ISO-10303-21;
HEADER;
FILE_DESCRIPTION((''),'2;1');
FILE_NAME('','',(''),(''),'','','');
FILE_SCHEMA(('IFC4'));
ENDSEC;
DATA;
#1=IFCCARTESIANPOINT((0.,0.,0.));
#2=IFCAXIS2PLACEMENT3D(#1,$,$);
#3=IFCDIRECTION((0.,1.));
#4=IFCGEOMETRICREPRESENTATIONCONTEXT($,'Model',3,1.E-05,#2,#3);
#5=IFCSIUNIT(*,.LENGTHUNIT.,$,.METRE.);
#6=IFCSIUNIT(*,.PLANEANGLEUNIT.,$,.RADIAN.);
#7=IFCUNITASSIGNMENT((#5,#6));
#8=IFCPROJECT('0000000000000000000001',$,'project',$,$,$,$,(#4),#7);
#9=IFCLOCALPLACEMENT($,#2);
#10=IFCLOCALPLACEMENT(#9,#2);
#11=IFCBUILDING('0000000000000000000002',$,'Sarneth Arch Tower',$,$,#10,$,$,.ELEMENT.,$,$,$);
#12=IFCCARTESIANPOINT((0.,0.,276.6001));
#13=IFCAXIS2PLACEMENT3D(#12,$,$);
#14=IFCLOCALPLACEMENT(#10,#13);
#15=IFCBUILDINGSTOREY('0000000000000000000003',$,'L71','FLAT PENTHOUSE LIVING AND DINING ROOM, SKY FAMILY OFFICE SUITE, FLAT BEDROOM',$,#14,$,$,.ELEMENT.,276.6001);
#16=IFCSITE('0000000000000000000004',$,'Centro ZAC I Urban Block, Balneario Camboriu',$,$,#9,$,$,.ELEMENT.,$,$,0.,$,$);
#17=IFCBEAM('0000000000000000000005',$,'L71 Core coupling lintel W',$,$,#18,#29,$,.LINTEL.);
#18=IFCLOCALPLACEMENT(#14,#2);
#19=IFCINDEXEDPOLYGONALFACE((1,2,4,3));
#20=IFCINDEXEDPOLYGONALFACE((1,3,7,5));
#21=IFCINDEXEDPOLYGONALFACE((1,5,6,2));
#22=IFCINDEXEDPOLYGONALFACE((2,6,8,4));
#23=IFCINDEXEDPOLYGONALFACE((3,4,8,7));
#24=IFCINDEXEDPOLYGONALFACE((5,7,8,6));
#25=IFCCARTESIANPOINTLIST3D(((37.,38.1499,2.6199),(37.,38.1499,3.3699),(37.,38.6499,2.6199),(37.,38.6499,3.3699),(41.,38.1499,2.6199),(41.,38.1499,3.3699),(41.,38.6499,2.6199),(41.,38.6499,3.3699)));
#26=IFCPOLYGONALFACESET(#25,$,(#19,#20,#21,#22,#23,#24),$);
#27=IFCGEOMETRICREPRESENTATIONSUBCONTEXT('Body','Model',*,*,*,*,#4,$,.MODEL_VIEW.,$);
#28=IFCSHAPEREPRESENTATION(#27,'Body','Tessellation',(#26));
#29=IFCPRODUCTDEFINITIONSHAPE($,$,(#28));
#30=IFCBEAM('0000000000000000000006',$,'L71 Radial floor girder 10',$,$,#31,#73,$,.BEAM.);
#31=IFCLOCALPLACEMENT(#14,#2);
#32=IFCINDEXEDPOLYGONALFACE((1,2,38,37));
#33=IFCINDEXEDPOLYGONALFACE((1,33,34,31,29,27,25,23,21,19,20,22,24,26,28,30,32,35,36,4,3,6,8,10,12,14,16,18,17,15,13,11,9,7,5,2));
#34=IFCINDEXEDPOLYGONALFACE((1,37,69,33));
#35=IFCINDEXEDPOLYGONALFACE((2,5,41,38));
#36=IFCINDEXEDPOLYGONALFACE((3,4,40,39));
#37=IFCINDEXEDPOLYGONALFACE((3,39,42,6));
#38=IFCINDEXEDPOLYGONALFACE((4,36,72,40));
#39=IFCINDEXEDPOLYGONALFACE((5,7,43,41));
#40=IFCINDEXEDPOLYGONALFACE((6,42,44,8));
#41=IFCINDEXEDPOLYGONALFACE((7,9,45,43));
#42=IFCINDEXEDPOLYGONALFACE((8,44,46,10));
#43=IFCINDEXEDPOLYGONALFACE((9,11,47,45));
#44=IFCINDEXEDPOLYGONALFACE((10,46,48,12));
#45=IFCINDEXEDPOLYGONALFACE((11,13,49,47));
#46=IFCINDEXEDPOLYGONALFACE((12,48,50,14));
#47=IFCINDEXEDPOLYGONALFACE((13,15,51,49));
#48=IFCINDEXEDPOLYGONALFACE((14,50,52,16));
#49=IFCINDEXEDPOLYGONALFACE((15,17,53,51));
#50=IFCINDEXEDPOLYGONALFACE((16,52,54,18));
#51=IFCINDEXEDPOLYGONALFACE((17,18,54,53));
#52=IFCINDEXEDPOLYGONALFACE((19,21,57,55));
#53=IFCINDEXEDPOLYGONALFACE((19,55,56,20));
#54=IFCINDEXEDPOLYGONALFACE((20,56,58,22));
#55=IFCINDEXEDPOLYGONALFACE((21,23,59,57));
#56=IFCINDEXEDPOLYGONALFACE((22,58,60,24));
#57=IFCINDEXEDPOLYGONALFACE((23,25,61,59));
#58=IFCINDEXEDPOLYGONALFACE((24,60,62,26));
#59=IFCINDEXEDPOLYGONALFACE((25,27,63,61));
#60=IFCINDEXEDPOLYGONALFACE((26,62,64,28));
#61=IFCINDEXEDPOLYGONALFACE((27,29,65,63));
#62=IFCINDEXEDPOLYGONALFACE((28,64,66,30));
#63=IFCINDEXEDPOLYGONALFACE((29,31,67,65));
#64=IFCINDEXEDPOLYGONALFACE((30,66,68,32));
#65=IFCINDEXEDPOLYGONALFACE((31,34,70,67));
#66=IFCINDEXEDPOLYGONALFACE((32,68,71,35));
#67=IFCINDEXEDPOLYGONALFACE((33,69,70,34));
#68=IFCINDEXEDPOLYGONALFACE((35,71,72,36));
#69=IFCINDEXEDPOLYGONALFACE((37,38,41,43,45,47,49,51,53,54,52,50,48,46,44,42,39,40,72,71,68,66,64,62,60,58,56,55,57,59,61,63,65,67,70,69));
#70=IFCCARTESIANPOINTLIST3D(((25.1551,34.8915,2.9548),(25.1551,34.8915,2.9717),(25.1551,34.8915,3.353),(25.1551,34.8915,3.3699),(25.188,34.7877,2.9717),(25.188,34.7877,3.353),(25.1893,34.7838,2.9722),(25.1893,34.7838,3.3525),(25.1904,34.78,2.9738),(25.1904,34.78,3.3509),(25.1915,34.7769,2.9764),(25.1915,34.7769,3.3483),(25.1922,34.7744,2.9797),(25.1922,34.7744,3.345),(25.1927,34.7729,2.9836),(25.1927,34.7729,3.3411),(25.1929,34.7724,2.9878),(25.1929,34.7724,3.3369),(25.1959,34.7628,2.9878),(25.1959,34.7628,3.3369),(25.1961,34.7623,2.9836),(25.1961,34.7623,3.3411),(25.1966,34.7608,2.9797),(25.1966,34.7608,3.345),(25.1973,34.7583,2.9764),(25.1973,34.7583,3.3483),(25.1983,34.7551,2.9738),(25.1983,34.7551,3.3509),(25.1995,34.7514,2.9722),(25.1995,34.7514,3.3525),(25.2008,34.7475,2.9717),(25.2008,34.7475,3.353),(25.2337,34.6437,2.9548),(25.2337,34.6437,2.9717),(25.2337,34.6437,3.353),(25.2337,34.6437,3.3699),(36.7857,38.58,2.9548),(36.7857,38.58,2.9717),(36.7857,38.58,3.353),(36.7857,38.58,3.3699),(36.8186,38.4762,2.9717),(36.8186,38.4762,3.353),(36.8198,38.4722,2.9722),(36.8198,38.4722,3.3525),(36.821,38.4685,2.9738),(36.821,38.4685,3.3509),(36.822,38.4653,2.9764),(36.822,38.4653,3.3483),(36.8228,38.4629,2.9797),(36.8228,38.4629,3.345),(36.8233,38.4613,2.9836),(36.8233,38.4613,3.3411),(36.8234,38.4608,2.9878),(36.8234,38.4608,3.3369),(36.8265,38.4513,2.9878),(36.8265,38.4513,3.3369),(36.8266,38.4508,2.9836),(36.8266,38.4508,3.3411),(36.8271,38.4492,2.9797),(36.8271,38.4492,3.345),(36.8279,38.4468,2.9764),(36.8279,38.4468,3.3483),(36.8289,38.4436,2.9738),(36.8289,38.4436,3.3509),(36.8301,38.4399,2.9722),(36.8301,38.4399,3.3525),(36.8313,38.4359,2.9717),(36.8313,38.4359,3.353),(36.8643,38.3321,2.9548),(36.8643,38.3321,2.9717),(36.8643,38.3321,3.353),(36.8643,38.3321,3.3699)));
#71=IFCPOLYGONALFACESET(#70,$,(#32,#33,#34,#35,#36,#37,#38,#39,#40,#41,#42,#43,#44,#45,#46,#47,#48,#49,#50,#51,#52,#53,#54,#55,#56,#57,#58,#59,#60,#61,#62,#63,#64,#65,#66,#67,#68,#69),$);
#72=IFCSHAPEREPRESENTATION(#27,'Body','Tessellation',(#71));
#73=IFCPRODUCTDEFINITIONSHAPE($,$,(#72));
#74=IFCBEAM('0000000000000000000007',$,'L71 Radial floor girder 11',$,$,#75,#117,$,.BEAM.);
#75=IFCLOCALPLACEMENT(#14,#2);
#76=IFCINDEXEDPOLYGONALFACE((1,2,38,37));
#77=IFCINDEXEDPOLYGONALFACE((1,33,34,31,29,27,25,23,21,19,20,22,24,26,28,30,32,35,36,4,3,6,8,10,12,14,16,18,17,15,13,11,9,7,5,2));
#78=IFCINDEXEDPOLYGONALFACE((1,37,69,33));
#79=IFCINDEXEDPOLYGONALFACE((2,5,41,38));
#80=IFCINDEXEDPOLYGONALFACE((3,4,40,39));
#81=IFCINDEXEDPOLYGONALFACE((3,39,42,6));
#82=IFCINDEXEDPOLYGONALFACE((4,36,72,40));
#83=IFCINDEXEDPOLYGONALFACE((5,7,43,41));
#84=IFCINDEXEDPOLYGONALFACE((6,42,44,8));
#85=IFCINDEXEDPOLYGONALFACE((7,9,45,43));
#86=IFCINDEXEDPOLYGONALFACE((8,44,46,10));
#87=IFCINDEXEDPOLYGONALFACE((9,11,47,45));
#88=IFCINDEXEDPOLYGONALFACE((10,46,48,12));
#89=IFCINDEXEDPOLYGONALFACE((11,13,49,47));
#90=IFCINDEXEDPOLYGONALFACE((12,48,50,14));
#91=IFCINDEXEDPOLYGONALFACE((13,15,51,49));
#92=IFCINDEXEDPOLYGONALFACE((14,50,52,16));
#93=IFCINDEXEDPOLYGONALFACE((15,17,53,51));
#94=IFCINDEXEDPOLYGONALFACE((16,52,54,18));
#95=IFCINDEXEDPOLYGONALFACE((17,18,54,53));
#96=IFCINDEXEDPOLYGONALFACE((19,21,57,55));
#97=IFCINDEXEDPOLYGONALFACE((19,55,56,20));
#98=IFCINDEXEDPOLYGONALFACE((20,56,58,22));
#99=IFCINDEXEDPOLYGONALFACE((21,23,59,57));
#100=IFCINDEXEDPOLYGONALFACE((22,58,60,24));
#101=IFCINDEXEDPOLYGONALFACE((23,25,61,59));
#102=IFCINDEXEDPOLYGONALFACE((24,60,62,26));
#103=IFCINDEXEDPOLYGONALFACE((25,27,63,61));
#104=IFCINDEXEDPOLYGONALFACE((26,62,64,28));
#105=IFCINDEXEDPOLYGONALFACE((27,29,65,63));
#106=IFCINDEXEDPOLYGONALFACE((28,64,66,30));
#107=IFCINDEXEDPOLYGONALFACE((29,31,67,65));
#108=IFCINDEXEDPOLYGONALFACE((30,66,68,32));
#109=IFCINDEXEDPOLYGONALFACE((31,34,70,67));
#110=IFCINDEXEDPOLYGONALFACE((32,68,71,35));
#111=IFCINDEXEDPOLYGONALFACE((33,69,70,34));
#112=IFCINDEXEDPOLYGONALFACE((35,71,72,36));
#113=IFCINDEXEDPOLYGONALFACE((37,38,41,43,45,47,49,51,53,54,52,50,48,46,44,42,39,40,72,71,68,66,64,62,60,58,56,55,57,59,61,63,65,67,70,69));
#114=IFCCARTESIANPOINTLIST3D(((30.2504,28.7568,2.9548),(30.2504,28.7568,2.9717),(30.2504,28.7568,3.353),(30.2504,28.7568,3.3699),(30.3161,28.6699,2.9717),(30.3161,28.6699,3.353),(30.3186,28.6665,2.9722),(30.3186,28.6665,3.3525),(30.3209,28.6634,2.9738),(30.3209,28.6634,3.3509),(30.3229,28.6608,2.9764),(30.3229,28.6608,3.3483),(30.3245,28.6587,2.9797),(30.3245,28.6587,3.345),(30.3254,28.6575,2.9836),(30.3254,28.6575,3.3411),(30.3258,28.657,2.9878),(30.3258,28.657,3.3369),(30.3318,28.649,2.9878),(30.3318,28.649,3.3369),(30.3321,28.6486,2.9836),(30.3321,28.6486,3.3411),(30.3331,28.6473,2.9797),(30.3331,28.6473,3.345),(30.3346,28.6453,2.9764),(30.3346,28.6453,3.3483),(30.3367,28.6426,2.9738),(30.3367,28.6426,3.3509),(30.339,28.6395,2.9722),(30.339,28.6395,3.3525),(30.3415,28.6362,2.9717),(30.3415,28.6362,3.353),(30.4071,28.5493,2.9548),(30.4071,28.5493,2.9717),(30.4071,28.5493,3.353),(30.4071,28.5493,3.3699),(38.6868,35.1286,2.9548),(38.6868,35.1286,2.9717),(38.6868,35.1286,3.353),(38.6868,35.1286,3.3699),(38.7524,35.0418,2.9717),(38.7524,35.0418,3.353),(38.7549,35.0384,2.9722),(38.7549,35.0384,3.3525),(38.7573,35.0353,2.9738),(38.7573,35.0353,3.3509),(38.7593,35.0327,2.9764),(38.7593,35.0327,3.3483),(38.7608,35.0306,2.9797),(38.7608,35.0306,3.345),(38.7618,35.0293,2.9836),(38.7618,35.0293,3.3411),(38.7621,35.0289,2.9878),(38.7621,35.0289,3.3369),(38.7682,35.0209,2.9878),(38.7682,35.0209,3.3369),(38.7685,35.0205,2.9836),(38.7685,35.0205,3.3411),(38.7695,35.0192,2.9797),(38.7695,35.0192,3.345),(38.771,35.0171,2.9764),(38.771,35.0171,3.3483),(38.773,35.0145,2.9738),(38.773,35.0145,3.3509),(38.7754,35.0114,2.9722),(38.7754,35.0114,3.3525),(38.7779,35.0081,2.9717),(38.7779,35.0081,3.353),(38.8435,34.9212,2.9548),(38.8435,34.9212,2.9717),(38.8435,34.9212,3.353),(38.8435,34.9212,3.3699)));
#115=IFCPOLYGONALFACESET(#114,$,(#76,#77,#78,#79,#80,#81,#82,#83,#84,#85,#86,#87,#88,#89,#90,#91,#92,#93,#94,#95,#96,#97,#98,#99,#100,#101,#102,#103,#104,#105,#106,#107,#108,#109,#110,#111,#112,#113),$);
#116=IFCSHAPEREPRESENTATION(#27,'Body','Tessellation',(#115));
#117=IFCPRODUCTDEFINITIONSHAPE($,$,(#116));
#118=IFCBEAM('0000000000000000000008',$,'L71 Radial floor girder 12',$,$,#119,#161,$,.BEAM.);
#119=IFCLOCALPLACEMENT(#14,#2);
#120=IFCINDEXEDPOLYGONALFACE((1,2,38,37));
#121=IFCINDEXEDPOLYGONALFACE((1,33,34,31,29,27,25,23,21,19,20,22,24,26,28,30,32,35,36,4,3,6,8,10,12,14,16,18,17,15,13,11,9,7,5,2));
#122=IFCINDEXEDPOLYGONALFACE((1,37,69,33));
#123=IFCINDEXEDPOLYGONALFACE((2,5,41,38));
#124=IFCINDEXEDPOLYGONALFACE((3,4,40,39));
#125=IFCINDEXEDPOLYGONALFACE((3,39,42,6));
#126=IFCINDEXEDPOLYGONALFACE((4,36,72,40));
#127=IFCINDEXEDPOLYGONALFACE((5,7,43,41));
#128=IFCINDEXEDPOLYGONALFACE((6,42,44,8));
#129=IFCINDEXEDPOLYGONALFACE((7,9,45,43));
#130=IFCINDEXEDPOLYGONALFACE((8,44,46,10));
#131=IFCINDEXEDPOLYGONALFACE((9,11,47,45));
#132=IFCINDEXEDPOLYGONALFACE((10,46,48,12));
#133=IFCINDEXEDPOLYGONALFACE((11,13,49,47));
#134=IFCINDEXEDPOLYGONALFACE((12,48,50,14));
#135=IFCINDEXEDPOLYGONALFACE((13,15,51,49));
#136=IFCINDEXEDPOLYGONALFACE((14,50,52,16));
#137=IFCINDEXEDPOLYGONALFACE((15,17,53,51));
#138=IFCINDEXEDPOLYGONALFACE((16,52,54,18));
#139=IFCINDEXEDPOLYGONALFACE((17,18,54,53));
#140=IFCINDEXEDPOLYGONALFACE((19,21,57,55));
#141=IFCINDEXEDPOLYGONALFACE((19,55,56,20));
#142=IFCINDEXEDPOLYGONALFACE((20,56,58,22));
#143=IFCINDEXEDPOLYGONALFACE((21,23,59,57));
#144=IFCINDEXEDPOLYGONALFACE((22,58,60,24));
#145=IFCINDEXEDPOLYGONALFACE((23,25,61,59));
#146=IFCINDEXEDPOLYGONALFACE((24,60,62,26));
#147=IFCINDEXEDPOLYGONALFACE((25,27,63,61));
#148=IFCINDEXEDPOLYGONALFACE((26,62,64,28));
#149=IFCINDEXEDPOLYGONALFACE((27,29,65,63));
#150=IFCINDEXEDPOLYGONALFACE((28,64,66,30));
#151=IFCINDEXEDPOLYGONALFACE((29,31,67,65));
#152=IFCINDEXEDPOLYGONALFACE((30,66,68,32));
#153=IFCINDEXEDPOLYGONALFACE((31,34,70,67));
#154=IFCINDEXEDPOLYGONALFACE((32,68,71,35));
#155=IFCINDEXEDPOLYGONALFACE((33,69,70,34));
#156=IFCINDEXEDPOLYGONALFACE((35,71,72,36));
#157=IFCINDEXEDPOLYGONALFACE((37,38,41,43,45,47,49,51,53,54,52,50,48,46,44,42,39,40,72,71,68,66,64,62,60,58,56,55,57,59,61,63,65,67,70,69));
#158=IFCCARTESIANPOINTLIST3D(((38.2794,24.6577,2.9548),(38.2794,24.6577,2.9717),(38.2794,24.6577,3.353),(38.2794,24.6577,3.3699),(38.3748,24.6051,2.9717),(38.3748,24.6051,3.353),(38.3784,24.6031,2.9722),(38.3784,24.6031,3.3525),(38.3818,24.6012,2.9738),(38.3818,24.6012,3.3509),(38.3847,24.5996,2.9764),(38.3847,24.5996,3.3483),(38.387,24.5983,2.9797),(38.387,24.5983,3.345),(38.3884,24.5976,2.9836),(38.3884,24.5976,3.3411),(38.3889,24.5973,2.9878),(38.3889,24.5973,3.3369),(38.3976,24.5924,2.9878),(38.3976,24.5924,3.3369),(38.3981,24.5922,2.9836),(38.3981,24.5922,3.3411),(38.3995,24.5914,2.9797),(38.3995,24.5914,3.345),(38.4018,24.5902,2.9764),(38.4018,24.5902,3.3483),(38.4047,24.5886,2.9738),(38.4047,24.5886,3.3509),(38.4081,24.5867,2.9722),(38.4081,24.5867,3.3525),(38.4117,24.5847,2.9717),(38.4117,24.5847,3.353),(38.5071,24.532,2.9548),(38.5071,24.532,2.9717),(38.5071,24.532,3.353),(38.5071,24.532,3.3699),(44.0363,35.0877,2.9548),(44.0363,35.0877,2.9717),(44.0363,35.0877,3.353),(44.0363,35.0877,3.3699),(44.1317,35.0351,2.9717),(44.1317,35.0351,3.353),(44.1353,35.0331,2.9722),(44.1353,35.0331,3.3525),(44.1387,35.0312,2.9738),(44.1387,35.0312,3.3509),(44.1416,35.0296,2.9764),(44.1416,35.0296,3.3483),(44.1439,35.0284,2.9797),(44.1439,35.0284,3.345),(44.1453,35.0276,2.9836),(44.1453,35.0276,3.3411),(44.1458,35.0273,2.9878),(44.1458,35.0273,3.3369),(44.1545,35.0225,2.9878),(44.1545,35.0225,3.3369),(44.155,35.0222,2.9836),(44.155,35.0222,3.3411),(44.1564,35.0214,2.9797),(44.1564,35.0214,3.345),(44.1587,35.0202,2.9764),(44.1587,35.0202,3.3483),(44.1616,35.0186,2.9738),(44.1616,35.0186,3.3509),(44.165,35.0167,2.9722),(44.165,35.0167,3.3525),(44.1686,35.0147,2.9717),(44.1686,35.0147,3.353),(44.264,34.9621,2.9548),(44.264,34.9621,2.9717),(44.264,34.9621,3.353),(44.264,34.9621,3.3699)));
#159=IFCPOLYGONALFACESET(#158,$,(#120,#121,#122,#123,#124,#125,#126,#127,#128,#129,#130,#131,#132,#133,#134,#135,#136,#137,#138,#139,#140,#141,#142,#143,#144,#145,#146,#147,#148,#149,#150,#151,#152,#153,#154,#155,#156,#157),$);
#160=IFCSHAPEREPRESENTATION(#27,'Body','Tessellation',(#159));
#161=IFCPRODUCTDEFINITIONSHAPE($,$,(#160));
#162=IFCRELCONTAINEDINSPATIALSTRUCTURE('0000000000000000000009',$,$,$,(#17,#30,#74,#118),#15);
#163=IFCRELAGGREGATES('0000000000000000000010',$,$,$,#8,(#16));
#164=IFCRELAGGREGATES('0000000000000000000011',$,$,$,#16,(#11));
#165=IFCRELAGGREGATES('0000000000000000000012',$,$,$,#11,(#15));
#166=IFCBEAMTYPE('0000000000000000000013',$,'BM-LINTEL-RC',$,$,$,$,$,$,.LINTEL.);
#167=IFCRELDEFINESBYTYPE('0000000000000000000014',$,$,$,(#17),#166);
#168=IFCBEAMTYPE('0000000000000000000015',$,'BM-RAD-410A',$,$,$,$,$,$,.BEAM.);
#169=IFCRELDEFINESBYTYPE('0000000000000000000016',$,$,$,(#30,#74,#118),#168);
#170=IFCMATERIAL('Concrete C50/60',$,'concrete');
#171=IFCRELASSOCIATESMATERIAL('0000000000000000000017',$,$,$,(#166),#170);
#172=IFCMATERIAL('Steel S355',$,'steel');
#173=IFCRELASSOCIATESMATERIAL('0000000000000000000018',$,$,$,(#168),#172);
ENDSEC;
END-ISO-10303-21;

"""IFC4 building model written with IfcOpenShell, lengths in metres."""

from ifc_helpers import new_model, si_unit, direction, frame, origin, origin_2d, place, context, subcontext, project, spatial, rectangle, i_section, extrude, material, material_profile, profile_set, type_object, element, save


model = new_model("IFC4")

# Units and contexts
model_context = context("Model", 3, precision=1e-05, world=origin(), true_north=direction((0.0, 1.0)))
body_context = subcontext(model_context, "Body", "Model", "MODEL_VIEW")
ifc_project = project(units=[si_unit("LENGTHUNIT", "METRE"), si_unit("PLANEANGLEUNIT", "RADIAN")], contexts=[model_context])

# Site, building, storey
site_placement = place(None, origin())
site = spatial("IfcSite", under=ifc_project, at=site_placement, Name="Centro ZAC I Urban Block, Balneario Camboriu", CompositionType="ELEMENT", RefElevation=0.0)
building_placement = place(site_placement, origin())
building = spatial("IfcBuilding", under=site, at=building_placement, Name="Sarneth Arch Tower", CompositionType="ELEMENT")
storey_placement = place(building_placement, frame((0.0, 0.0, 276.6001)))
storey = spatial("IfcBuildingStorey", under=building, at=storey_placement, Name="L71", Description="FLAT PENTHOUSE LIVING AND DINING ROOM, SKY FAMILY OFFICE SUITE, FLAT BEDROOM", CompositionType="ELEMENT", Elevation=276.6001)

# Beams
ifc_material_1 = material(Name="Concrete C50/60", Category="concrete")
ifc_material_profile_1 = material_profile(ifc_material_1, rectangle(XDim=0.5, YDim=0.75, at=origin_2d()), Name="RC-500x750")
ifc_profile_set_1 = profile_set([ifc_material_profile_1], Name="Concrete C50/60")
beam_type_1 = type_object("IfcBeamType", Name="BM-LINTEL-RC", PredefinedType="LINTEL", material=ifc_profile_set_1)
beam_1_placement = place(storey_placement, frame((37.0, 38.3999, 2.9949), z_axis=(1.0, 0.0, 0.0), x_axis=(0.0, 1.0, 0.0)))
element("IfcBeam", 1, at=beam_1_placement, inside=storey, type_object=beam_type_1, Name="L71 Core coupling lintel W", PredefinedType="LINTEL", context=body_context, shape_type="SweptSolid", body=[
    extrude(rectangle(XDim=0.5, YDim=0.75, at=origin_2d()), origin(), (0.0, 0.0, 1.0), 4.0),
])
ifc_material_2 = material(Name="Steel S355", Category="steel")
ifc_material_profile_2 = material_profile(ifc_material_2, i_section(OverallWidth=0.26, OverallDepth=0.415, WebThickness=0.01, FlangeThickness=0.0168, FilletRadius=0.0161, at=origin_2d()), Name="W410x100")
ifc_profile_set_2 = profile_set([ifc_material_profile_2], Name="Steel S355")
beam_type_2 = type_object("IfcBeamType", Name="BM-RAD-410A", PredefinedType="BEAM", material=ifc_profile_set_2)
beam_2_placement = place(storey_placement, frame((36.825, 38.4561, 3.1624), z_axis=(-0.953214, -0.302298, 0.0), x_axis=(0.302298, -0.953214, 0.0)))
element("IfcBeam", 2, at=beam_2_placement, inside=storey, type_object=beam_type_2, Name="L71 Radial floor girder 10", PredefinedType="BEAM", context=body_context, shape_type="SweptSolid", body=[
    extrude(i_section(OverallWidth=0.26, OverallDepth=0.415, WebThickness=0.01, FlangeThickness=0.0168, FilletRadius=0.0161, at=origin_2d()), origin(), (0.0, 0.0, 1.0), 12.2014),
])
beam_3_placement = place(storey_placement, frame((38.7651, 35.0249, 3.1624), z_axis=(-0.79797, -0.602698, 0.0), x_axis=(0.602698, -0.79797, 0.0)))
element("IfcBeam", 3, at=beam_3_placement, inside=storey, type_object=beam_type_2, Name="L71 Radial floor girder 11", PredefinedType="BEAM", context=body_context, shape_type="SweptSolid", body=[
    extrude(i_section(OverallWidth=0.26, OverallDepth=0.415, WebThickness=0.01, FlangeThickness=0.0168, FilletRadius=0.0161, at=origin_2d()), origin(), (0.0, 0.0, 1.0), 10.5723),
])
beam_4_placement = place(storey_placement, frame((44.1501, 35.0249, 3.1624), z_axis=(-0.483231, -0.875493, 0.0), x_axis=(0.875493, -0.483231, 0.0)))
element("IfcBeam", 4, at=beam_4_placement, inside=storey, type_object=beam_type_2, Name="L71 Radial floor girder 12", PredefinedType="BEAM", context=body_context, shape_type="SweptSolid", body=[
    extrude(i_section(OverallWidth=0.26, OverallDepth=0.415, WebThickness=0.01, FlangeThickness=0.0168, FilletRadius=0.0161, at=origin_2d()), origin(), (0.0, 0.0, 1.0), 11.9133),
])

save(model, "model.ifc")
